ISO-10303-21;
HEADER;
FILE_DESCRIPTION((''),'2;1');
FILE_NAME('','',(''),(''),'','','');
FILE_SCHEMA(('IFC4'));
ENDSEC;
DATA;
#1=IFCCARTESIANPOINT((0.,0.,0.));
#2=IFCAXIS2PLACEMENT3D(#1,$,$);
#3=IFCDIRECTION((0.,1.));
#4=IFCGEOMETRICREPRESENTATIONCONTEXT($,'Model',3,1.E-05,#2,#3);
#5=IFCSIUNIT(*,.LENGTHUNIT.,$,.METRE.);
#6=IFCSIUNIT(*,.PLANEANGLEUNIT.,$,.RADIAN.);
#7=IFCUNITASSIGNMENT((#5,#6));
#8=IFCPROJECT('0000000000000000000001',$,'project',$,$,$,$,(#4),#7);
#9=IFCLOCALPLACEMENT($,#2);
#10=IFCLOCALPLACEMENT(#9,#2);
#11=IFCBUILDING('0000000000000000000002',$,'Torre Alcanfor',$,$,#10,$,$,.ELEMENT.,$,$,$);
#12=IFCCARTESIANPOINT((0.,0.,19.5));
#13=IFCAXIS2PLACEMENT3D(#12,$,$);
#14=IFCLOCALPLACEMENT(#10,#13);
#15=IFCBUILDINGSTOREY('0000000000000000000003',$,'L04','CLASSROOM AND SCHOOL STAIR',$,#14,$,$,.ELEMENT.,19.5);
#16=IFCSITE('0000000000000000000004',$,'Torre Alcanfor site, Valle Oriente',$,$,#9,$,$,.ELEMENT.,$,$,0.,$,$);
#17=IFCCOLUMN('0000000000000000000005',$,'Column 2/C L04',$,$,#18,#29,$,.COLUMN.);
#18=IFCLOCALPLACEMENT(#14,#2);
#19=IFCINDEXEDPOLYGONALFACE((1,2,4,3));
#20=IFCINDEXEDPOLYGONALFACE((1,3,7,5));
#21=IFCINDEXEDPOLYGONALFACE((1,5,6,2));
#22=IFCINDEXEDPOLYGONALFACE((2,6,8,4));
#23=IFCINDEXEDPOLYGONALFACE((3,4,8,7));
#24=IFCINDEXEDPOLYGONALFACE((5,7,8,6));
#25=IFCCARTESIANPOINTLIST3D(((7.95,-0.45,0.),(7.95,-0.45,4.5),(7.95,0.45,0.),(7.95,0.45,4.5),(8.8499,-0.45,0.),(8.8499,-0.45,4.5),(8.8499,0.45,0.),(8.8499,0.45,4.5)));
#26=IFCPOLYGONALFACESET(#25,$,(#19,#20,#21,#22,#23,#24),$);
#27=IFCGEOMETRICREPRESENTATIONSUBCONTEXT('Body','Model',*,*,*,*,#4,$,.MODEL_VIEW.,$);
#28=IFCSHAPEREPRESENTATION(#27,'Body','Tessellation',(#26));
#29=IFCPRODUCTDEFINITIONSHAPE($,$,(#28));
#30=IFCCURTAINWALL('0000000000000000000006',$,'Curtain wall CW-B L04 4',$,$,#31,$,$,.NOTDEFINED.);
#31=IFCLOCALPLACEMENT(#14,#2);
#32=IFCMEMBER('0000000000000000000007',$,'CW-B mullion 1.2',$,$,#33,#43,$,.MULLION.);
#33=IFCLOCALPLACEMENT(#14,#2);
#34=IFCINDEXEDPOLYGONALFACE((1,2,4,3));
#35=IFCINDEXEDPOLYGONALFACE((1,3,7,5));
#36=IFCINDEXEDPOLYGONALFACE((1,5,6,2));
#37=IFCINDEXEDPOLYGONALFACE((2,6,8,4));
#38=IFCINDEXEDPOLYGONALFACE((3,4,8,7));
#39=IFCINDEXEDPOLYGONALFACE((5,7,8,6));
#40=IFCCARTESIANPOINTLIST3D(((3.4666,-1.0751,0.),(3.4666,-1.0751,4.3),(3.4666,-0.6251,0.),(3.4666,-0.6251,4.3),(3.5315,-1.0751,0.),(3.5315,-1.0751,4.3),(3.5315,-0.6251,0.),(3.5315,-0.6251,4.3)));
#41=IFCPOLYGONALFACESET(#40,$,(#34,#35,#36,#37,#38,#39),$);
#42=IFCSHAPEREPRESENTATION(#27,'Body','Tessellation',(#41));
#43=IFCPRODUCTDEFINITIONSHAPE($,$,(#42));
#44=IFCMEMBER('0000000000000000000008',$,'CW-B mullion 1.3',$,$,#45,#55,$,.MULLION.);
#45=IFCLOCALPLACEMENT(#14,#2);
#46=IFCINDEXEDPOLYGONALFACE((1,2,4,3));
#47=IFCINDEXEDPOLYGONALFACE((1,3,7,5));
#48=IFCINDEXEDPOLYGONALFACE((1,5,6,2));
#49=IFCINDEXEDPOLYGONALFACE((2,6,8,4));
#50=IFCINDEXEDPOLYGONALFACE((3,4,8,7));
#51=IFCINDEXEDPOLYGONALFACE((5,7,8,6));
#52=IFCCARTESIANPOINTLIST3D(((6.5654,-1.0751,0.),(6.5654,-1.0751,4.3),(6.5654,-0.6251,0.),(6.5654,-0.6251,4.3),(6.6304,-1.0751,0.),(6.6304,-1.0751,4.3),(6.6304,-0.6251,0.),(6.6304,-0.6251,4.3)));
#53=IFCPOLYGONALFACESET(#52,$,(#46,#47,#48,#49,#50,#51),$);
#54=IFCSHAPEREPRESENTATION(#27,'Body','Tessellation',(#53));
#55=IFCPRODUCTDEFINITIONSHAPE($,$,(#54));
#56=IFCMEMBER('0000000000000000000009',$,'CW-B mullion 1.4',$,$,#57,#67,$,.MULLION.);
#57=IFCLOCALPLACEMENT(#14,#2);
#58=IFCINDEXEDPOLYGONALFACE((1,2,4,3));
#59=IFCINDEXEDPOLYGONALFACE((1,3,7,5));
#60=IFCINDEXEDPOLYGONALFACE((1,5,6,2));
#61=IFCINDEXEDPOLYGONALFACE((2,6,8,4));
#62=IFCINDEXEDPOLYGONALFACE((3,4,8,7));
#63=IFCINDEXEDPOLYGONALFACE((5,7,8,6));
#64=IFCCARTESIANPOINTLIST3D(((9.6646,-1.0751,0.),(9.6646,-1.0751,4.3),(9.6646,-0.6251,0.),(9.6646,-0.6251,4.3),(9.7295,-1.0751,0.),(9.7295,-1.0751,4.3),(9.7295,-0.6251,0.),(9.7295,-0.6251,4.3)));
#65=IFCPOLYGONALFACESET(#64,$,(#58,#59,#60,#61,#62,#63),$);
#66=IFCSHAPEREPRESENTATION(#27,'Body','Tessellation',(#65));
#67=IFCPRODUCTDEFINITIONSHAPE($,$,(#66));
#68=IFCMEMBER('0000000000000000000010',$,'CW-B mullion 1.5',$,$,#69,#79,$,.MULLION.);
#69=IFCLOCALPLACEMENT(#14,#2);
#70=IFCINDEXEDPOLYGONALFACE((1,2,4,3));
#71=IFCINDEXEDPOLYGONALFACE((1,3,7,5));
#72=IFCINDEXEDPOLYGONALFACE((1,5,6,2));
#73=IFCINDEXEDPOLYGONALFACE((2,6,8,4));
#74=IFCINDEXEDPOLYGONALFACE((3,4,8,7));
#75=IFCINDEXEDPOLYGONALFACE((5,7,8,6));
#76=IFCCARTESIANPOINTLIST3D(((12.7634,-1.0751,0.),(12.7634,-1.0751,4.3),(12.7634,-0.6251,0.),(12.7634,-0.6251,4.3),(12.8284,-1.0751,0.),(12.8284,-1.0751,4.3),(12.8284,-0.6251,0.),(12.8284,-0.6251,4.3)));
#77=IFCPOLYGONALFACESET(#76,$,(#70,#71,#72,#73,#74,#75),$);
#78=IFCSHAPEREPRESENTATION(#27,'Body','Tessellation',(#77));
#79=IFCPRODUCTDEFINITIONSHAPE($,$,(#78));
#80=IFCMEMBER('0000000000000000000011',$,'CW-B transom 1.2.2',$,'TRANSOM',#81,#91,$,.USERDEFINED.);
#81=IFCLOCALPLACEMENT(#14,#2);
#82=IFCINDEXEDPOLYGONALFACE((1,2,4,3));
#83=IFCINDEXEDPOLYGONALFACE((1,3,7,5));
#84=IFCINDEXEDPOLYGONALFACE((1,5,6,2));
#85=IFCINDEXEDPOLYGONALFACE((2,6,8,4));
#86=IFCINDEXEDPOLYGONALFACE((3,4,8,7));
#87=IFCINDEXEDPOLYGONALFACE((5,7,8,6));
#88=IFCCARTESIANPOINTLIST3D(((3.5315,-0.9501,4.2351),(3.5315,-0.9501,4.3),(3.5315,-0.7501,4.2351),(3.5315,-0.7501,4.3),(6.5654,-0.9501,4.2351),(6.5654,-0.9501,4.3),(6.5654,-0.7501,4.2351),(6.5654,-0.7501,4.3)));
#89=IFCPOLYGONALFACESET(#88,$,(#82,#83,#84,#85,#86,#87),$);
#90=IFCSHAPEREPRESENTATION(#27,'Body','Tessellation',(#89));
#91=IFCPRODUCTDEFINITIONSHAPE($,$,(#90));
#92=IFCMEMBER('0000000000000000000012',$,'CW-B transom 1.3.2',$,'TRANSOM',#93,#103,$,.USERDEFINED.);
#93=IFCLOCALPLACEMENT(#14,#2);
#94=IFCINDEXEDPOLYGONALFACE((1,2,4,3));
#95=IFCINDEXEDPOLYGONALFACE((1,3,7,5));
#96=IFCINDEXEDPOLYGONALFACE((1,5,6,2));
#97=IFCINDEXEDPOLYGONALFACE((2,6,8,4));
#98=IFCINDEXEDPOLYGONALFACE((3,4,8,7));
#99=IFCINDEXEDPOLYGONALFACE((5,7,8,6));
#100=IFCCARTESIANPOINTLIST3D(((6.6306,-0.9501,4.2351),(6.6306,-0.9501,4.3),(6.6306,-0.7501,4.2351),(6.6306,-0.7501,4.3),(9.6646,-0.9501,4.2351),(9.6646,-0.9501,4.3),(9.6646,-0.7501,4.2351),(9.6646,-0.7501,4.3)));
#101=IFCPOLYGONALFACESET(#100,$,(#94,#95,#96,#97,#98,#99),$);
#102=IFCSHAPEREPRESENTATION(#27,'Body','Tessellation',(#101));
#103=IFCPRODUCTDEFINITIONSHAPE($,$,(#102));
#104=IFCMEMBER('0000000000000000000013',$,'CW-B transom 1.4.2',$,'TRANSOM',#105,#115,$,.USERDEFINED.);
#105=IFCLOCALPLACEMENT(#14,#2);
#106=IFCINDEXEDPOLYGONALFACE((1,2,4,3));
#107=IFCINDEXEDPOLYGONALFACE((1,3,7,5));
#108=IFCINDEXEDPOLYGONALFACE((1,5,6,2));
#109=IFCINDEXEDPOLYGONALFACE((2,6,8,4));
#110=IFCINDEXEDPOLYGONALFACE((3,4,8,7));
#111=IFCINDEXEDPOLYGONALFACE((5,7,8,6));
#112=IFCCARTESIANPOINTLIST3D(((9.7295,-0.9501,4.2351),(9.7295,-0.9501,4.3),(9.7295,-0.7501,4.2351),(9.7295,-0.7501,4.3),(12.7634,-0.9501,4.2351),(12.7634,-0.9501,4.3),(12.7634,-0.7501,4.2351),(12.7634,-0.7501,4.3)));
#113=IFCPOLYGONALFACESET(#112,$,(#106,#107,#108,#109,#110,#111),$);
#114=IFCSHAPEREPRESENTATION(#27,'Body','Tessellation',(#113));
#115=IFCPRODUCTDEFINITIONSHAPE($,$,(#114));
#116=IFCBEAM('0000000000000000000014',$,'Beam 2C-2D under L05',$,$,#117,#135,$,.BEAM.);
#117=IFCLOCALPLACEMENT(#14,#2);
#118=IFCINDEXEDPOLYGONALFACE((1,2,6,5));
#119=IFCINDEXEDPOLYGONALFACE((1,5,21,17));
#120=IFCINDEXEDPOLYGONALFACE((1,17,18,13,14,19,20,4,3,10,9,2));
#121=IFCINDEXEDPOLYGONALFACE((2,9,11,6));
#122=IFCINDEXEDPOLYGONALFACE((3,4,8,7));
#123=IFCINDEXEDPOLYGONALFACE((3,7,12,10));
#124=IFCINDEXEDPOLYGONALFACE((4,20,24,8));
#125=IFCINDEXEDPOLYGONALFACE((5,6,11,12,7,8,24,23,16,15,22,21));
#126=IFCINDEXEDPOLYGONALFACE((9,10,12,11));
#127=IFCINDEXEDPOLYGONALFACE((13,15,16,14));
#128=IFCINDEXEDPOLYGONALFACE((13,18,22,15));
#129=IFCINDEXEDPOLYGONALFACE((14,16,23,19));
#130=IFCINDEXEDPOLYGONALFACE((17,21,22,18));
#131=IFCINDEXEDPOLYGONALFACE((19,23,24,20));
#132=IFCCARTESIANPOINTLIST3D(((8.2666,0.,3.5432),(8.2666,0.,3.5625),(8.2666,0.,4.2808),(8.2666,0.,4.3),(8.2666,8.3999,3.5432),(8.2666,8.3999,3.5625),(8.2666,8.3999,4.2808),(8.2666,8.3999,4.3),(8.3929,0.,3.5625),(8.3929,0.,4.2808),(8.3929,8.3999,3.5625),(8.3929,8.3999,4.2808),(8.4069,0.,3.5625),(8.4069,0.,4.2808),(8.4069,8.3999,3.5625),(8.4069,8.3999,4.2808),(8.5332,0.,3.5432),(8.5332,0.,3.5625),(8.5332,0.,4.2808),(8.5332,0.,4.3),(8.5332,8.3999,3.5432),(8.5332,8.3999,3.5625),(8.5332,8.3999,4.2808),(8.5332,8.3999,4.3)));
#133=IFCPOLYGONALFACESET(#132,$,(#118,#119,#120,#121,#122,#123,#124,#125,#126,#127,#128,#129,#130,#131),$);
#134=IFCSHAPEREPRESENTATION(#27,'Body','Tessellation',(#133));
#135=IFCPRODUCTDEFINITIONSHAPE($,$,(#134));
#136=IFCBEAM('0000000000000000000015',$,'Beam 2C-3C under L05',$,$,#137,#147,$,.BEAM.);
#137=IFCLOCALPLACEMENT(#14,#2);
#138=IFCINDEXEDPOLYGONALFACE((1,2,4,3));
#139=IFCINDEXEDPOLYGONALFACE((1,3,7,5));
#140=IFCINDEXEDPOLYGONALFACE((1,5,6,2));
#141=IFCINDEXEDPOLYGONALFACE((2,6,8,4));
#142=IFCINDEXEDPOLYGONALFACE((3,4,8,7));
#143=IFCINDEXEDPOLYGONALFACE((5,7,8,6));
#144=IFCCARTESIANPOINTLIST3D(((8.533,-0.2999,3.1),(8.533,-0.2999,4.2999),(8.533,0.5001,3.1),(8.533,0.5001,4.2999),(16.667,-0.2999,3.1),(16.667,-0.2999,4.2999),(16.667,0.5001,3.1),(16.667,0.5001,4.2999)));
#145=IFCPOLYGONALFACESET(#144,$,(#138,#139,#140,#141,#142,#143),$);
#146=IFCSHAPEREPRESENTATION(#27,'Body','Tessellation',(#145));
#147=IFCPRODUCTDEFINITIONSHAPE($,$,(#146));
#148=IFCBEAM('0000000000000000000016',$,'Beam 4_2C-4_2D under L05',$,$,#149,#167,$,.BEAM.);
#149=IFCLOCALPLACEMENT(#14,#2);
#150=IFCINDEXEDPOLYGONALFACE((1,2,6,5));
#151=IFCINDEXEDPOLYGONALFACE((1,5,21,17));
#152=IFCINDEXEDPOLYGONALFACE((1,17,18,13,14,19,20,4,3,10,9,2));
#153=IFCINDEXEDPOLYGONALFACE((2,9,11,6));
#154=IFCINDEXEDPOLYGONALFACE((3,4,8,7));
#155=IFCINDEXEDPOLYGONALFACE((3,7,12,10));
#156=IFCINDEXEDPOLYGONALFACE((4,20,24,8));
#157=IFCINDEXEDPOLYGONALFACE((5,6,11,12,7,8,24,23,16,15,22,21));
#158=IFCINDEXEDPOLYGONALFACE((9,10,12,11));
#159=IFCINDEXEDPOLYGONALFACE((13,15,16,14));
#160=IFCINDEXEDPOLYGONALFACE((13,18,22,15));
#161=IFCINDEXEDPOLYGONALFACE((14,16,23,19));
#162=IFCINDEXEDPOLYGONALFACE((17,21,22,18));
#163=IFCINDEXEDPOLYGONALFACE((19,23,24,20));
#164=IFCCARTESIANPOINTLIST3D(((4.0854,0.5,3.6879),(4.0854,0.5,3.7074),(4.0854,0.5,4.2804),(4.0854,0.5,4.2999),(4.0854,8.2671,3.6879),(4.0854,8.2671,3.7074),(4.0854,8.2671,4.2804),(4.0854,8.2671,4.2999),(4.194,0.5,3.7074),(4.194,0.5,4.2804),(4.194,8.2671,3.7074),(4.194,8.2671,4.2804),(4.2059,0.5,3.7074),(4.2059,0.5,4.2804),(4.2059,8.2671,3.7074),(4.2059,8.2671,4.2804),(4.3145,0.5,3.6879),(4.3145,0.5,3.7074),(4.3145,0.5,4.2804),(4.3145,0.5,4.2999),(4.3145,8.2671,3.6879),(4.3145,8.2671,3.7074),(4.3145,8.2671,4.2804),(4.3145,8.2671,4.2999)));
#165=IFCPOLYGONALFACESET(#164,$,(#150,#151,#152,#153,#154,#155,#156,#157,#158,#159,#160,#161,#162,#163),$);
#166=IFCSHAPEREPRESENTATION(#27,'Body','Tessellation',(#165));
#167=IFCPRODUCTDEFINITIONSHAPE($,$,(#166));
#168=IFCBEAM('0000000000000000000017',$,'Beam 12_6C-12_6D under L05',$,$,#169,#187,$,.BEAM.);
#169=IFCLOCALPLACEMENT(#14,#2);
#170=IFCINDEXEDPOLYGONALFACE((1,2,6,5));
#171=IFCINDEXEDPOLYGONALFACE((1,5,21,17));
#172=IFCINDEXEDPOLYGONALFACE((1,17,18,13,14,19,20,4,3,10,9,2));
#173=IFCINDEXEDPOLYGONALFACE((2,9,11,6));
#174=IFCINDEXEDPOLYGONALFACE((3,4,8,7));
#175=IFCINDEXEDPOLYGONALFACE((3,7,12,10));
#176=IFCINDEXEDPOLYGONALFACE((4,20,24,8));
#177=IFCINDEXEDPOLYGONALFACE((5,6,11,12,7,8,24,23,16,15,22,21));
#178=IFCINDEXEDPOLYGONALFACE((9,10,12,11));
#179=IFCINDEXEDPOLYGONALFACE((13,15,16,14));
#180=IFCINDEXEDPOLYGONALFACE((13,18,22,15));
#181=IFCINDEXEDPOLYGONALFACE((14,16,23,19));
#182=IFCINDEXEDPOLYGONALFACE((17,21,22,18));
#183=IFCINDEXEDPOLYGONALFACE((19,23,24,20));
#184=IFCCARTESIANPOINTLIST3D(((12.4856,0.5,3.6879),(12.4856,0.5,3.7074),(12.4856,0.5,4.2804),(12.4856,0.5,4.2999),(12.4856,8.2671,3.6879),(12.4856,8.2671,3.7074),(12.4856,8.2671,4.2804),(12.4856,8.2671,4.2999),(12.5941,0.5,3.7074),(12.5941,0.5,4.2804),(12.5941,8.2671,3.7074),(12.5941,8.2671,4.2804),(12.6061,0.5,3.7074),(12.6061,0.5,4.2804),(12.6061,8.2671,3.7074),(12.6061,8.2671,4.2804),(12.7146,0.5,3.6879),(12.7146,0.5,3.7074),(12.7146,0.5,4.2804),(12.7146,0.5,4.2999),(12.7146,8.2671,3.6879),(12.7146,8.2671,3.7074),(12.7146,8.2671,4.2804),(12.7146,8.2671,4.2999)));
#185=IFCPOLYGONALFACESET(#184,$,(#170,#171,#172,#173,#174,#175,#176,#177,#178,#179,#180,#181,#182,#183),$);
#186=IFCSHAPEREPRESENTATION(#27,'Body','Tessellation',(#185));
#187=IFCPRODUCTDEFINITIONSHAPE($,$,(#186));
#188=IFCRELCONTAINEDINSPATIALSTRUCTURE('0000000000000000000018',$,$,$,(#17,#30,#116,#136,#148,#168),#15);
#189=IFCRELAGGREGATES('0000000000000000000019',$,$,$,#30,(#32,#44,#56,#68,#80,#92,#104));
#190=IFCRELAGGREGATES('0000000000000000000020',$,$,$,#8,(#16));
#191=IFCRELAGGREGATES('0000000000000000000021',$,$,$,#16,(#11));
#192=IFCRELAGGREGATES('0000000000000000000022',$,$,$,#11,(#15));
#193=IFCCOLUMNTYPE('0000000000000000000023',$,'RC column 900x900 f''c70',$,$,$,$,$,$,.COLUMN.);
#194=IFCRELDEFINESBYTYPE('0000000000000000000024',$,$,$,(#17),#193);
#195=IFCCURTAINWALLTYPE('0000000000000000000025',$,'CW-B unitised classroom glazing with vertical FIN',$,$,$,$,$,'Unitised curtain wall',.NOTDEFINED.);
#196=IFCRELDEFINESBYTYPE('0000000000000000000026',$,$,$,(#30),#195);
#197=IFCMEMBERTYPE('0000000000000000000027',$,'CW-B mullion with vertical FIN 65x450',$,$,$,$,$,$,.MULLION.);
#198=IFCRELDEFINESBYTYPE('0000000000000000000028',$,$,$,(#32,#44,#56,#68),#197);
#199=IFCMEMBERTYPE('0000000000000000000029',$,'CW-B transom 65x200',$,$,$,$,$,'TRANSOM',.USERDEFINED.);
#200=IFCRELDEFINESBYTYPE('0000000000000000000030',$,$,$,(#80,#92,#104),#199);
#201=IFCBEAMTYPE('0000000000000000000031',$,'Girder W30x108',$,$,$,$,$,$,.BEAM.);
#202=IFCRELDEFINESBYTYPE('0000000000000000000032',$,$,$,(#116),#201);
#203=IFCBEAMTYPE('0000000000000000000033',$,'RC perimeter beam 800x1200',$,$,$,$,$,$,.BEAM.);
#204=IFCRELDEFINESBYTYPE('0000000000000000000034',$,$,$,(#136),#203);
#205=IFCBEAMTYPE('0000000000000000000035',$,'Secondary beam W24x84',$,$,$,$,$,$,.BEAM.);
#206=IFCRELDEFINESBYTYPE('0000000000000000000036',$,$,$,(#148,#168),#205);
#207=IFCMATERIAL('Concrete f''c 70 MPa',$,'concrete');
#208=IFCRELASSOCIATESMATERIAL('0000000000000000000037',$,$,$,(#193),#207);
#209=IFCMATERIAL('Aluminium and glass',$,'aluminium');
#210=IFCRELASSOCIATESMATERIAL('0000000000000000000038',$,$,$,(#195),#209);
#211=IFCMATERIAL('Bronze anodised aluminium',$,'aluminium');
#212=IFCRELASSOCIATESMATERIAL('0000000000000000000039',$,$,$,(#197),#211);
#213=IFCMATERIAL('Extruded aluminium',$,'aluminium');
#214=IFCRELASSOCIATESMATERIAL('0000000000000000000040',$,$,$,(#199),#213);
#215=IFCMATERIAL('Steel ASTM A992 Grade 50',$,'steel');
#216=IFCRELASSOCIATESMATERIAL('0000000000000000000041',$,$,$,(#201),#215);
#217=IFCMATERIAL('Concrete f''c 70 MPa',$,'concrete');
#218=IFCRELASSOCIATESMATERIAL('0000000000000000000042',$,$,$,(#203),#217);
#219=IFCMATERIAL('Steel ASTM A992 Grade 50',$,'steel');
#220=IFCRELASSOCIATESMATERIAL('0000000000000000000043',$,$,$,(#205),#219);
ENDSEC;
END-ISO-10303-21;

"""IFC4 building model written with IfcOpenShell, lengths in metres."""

from ifc_helpers import new_model, si_unit, direction, frame, origin, origin_2d, place, context, subcontext, project, spatial, rectangle, i_section, extrude, material, material_profile, profile_set, type_object, element, aggregate, save


model = new_model("IFC4")

# Units and contexts
model_context = context("Model", 3, precision=1e-05, world=origin(), true_north=direction((0.0, 1.0)))
body_context = subcontext(model_context, "Body", "Model", "MODEL_VIEW")
ifc_project = project(units=[si_unit("LENGTHUNIT", "METRE"), si_unit("PLANEANGLEUNIT", "RADIAN")], contexts=[model_context])

# Site, building, storey
site_placement = place(None, origin())
site = spatial("IfcSite", under=ifc_project, at=site_placement, Name="Torre Alcanfor site, Valle Oriente", CompositionType="ELEMENT", RefElevation=0.0)
building_placement = place(site_placement, origin())
building = spatial("IfcBuilding", under=site, at=building_placement, Name="Torre Alcanfor", CompositionType="ELEMENT")
storey_placement = place(building_placement, frame((0.0, 0.0, 19.5)))
storey = spatial("IfcBuildingStorey", under=building, at=storey_placement, Name="L04", Description="CLASSROOM AND SCHOOL STAIR", CompositionType="ELEMENT", Elevation=19.5)

# Column
ifc_material_1 = material(Name="Concrete f'c 70 MPa", Category="concrete")
ifc_material_profile_1 = material_profile(ifc_material_1, rectangle(XDim=0.8999, YDim=0.8999, at=origin_2d()), Name="900x900")
ifc_profile_set_1 = profile_set([ifc_material_profile_1], Name="Concrete f'c 70 MPa")
column_type = type_object("IfcColumnType", Name="RC column 900x900 f'c70", PredefinedType="COLUMN", material=ifc_profile_set_1)
column_placement = place(storey_placement, frame((8.3999, 0.0, 0.0), z_axis=(0.0, 0.0, 1.0), x_axis=(1.0, 0.0, 0.0)))
element("IfcColumn", 1, at=column_placement, inside=storey, type_object=column_type, Name="Column 2/C L04", PredefinedType="COLUMN", context=body_context, shape_type="SweptSolid", body=[
    extrude(rectangle(XDim=0.8999, YDim=0.8999, at=origin_2d()), origin(), (0.0, 0.0, 1.0), 4.5),
])

# Curtain wall, members
ifc_material_2 = material(Name="Aluminium and glass", Category="aluminium")
curtain_wall_type = type_object("IfcCurtainWallType", Name="CW-B unitised classroom glazing with vertical FIN", ElementType="Unitised curtain wall", PredefinedType="NOTDEFINED", material=ifc_material_2)
curtain_wall_placement = place(storey_placement, origin())
curtain_wall = element("IfcCurtainWall", 2, at=curtain_wall_placement, inside=storey, type_object=curtain_wall_type, Name="Curtain wall CW-B L04 4", PredefinedType="NOTDEFINED")
ifc_material_3 = material(Name="Bronze anodised aluminium", Category="aluminium")
ifc_material_profile_2 = material_profile(ifc_material_3, rectangle(XDim=0.45, YDim=0.0649, at=origin_2d()), Name="CW-B mullion 65x450")
ifc_profile_set_2 = profile_set([ifc_material_profile_2], Name="Bronze anodised aluminium")
member_type_1 = type_object("IfcMemberType", Name="CW-B mullion with vertical FIN 65x450", PredefinedType="MULLION", material=ifc_profile_set_2)
member_1_placement = place(storey_placement, frame((3.499, -0.8501, 0.0), z_axis=(0.0, 0.0, 1.0), x_axis=(0.0, 1.0, 0.0)))
member_1 = element("IfcMember", 3, at=member_1_placement, type_object=member_type_1, Name="CW-B mullion 1.2", PredefinedType="MULLION", context=body_context, shape_type="SweptSolid", body=[
    extrude(rectangle(XDim=0.45, YDim=0.0649, at=origin_2d()), origin(), (0.0, 0.0, 1.0), 4.3),
])
member_2_placement = place(storey_placement, frame((6.5979, -0.8501, 0.0), z_axis=(0.0, 0.0, 1.0), x_axis=(0.0, 1.0, 0.0)))
member_2 = element("IfcMember", 4, at=member_2_placement, type_object=member_type_1, Name="CW-B mullion 1.3", PredefinedType="MULLION", context=body_context, shape_type="SweptSolid", body=[
    extrude(rectangle(XDim=0.45, YDim=0.0649, at=origin_2d()), origin(), (0.0, 0.0, 1.0), 4.3),
])
member_3_placement = place(storey_placement, frame((9.697, -0.8501, 0.0), z_axis=(0.0, 0.0, 1.0), x_axis=(0.0, 1.0, 0.0)))
member_3 = element("IfcMember", 5, at=member_3_placement, type_object=member_type_1, Name="CW-B mullion 1.4", PredefinedType="MULLION", context=body_context, shape_type="SweptSolid", body=[
    extrude(rectangle(XDim=0.45, YDim=0.0649, at=origin_2d()), origin(), (0.0, 0.0, 1.0), 4.3),
])
member_4_placement = place(storey_placement, frame((12.7959, -0.8501, 0.0), z_axis=(0.0, 0.0, 1.0), x_axis=(0.0, 1.0, 0.0)))
member_4 = element("IfcMember", 6, at=member_4_placement, type_object=member_type_1, Name="CW-B mullion 1.5", PredefinedType="MULLION", context=body_context, shape_type="SweptSolid", body=[
    extrude(rectangle(XDim=0.45, YDim=0.0649, at=origin_2d()), origin(), (0.0, 0.0, 1.0), 4.3),
])
ifc_material_4 = material(Name="Extruded aluminium", Category="aluminium")
ifc_material_profile_3 = material_profile(ifc_material_4, rectangle(XDim=0.2, YDim=0.0649, at=origin_2d()), Name="CW-B transom 200x65")
ifc_profile_set_3 = profile_set([ifc_material_profile_3], Name="Extruded aluminium")
member_type_2 = type_object("IfcMemberType", Name="CW-B transom 65x200", ElementType="TRANSOM", PredefinedType="USERDEFINED", material=ifc_profile_set_3)
member_5_placement = place(storey_placement, frame((3.5315, -0.8501, 4.2676), z_axis=(1.0, 0.0, 0.0), x_axis=(0.0, 1.0, 0.0)))
member_5 = element("IfcMember", 7, at=member_5_placement, type_object=member_type_2, Name="CW-B transom 1.2.2", ObjectType="TRANSOM", PredefinedType="USERDEFINED", context=body_context, shape_type="SweptSolid", body=[
    extrude(rectangle(XDim=0.2, YDim=0.0649, at=origin_2d()), origin(), (0.0, 0.0, 1.0), 3.0339),
])
member_6_placement = place(storey_placement, frame((6.6306, -0.8501, 4.2676), z_axis=(1.0, 0.0, 0.0), x_axis=(0.0, 1.0, 0.0)))
member_6 = element("IfcMember", 8, at=member_6_placement, type_object=member_type_2, Name="CW-B transom 1.3.2", ObjectType="TRANSOM", PredefinedType="USERDEFINED", context=body_context, shape_type="SweptSolid", body=[
    extrude(rectangle(XDim=0.2, YDim=0.0649, at=origin_2d()), origin(), (0.0, 0.0, 1.0), 3.0339),
])
member_7_placement = place(storey_placement, frame((9.7295, -0.8501, 4.2676), z_axis=(1.0, 0.0, 0.0), x_axis=(0.0, 1.0, 0.0)))
member_7 = element("IfcMember", 9, at=member_7_placement, type_object=member_type_2, Name="CW-B transom 1.4.2", ObjectType="TRANSOM", PredefinedType="USERDEFINED", context=body_context, shape_type="SweptSolid", body=[
    extrude(rectangle(XDim=0.2, YDim=0.0649, at=origin_2d()), origin(), (0.0, 0.0, 1.0), 3.0339),
])

# Beams
ifc_material_5 = material(Name="Steel ASTM A992 Grade 50", Category="steel")
ifc_material_profile_4 = material_profile(ifc_material_5, i_section(OverallWidth=0.2666, OverallDepth=0.7568, WebThickness=0.0139, FlangeThickness=0.0193, at=origin_2d()), Name="W30x108")
ifc_profile_set_4 = profile_set([ifc_material_profile_4], Name="Steel ASTM A992 Grade 50")
beam_type_1 = type_object("IfcBeamType", Name="Girder W30x108", PredefinedType="BEAM", material=ifc_profile_set_4)
beam_1_placement = place(storey_placement, frame((8.3999, 0.0, 3.9216), z_axis=(0.0, 1.0, 0.0), x_axis=(-1.0, 0.0, 0.0)))
element("IfcBeam", 10, at=beam_1_placement, inside=storey, type_object=beam_type_1, Name="Beam 2C-2D under L05", PredefinedType="BEAM", context=body_context, shape_type="SweptSolid", body=[
    extrude(i_section(OverallWidth=0.2666, OverallDepth=0.7568, WebThickness=0.0139, FlangeThickness=0.0193, at=origin_2d()), origin(), (0.0, 0.0, 1.0), 8.3999),
])
ifc_material_6 = material(Name="Concrete f'c 70 MPa", Category="concrete")
ifc_material_profile_5 = material_profile(ifc_material_6, rectangle(XDim=0.8, YDim=1.2, at=origin_2d()), Name="800x1200")
ifc_profile_set_5 = profile_set([ifc_material_profile_5], Name="Concrete f'c 70 MPa")
beam_type_2 = type_object("IfcBeamType", Name="RC perimeter beam 800x1200", PredefinedType="BEAM", material=ifc_profile_set_5)
beam_2_placement = place(storey_placement, frame((8.533, 0.1001, 3.7), z_axis=(1.0, 0.0, 0.0), x_axis=(0.0, 1.0, 0.0)))
element("IfcBeam", 11, at=beam_2_placement, inside=storey, type_object=beam_type_2, Name="Beam 2C-3C under L05", PredefinedType="BEAM", context=body_context, shape_type="SweptSolid", body=[
    extrude(rectangle(XDim=0.8, YDim=1.2, at=origin_2d()), origin(), (0.0, 0.0, 1.0), 8.134),
])
ifc_material_7 = material(Name="Steel ASTM A992 Grade 50", Category="steel")
ifc_material_profile_6 = material_profile(ifc_material_7, i_section(OverallWidth=0.229, OverallDepth=0.6121, WebThickness=0.012, FlangeThickness=0.0195, at=origin_2d()), Name="W24x84")
ifc_profile_set_6 = profile_set([ifc_material_profile_6], Name="Steel ASTM A992 Grade 50")
beam_type_3 = type_object("IfcBeamType", Name="Secondary beam W24x84", PredefinedType="BEAM", material=ifc_profile_set_6)
for number, where, z_axis, x_axis, name in (
    (12, (4.2, 0.5, 3.9939), (0.0, 1.0, 0.0), (-1.0, 0.0, 0.0), "Beam 4_2C-4_2D under L05"),
    (13, (12.6001, 0.5, 3.9939), (0.0, 1.0, 0.0), (-1.0, 0.0, 0.0), "Beam 12_6C-12_6D under L05"),
):
    element("IfcBeam", number, at=place(storey_placement, frame(where, z_axis=z_axis, x_axis=x_axis)), inside=storey, type_object=beam_type_3, Name=name, PredefinedType="BEAM", context=body_context, shape_type="SweptSolid", body=[
        extrude(i_section(OverallWidth=0.229, OverallDepth=0.6121, WebThickness=0.012, FlangeThickness=0.0195, at=origin_2d()), origin(), (0.0, 0.0, 1.0), 7.7671),
    ])

aggregate(curtain_wall, [member_1, member_2, member_3, member_4, member_5, member_6, member_7])

save(model, "model.ifc")
